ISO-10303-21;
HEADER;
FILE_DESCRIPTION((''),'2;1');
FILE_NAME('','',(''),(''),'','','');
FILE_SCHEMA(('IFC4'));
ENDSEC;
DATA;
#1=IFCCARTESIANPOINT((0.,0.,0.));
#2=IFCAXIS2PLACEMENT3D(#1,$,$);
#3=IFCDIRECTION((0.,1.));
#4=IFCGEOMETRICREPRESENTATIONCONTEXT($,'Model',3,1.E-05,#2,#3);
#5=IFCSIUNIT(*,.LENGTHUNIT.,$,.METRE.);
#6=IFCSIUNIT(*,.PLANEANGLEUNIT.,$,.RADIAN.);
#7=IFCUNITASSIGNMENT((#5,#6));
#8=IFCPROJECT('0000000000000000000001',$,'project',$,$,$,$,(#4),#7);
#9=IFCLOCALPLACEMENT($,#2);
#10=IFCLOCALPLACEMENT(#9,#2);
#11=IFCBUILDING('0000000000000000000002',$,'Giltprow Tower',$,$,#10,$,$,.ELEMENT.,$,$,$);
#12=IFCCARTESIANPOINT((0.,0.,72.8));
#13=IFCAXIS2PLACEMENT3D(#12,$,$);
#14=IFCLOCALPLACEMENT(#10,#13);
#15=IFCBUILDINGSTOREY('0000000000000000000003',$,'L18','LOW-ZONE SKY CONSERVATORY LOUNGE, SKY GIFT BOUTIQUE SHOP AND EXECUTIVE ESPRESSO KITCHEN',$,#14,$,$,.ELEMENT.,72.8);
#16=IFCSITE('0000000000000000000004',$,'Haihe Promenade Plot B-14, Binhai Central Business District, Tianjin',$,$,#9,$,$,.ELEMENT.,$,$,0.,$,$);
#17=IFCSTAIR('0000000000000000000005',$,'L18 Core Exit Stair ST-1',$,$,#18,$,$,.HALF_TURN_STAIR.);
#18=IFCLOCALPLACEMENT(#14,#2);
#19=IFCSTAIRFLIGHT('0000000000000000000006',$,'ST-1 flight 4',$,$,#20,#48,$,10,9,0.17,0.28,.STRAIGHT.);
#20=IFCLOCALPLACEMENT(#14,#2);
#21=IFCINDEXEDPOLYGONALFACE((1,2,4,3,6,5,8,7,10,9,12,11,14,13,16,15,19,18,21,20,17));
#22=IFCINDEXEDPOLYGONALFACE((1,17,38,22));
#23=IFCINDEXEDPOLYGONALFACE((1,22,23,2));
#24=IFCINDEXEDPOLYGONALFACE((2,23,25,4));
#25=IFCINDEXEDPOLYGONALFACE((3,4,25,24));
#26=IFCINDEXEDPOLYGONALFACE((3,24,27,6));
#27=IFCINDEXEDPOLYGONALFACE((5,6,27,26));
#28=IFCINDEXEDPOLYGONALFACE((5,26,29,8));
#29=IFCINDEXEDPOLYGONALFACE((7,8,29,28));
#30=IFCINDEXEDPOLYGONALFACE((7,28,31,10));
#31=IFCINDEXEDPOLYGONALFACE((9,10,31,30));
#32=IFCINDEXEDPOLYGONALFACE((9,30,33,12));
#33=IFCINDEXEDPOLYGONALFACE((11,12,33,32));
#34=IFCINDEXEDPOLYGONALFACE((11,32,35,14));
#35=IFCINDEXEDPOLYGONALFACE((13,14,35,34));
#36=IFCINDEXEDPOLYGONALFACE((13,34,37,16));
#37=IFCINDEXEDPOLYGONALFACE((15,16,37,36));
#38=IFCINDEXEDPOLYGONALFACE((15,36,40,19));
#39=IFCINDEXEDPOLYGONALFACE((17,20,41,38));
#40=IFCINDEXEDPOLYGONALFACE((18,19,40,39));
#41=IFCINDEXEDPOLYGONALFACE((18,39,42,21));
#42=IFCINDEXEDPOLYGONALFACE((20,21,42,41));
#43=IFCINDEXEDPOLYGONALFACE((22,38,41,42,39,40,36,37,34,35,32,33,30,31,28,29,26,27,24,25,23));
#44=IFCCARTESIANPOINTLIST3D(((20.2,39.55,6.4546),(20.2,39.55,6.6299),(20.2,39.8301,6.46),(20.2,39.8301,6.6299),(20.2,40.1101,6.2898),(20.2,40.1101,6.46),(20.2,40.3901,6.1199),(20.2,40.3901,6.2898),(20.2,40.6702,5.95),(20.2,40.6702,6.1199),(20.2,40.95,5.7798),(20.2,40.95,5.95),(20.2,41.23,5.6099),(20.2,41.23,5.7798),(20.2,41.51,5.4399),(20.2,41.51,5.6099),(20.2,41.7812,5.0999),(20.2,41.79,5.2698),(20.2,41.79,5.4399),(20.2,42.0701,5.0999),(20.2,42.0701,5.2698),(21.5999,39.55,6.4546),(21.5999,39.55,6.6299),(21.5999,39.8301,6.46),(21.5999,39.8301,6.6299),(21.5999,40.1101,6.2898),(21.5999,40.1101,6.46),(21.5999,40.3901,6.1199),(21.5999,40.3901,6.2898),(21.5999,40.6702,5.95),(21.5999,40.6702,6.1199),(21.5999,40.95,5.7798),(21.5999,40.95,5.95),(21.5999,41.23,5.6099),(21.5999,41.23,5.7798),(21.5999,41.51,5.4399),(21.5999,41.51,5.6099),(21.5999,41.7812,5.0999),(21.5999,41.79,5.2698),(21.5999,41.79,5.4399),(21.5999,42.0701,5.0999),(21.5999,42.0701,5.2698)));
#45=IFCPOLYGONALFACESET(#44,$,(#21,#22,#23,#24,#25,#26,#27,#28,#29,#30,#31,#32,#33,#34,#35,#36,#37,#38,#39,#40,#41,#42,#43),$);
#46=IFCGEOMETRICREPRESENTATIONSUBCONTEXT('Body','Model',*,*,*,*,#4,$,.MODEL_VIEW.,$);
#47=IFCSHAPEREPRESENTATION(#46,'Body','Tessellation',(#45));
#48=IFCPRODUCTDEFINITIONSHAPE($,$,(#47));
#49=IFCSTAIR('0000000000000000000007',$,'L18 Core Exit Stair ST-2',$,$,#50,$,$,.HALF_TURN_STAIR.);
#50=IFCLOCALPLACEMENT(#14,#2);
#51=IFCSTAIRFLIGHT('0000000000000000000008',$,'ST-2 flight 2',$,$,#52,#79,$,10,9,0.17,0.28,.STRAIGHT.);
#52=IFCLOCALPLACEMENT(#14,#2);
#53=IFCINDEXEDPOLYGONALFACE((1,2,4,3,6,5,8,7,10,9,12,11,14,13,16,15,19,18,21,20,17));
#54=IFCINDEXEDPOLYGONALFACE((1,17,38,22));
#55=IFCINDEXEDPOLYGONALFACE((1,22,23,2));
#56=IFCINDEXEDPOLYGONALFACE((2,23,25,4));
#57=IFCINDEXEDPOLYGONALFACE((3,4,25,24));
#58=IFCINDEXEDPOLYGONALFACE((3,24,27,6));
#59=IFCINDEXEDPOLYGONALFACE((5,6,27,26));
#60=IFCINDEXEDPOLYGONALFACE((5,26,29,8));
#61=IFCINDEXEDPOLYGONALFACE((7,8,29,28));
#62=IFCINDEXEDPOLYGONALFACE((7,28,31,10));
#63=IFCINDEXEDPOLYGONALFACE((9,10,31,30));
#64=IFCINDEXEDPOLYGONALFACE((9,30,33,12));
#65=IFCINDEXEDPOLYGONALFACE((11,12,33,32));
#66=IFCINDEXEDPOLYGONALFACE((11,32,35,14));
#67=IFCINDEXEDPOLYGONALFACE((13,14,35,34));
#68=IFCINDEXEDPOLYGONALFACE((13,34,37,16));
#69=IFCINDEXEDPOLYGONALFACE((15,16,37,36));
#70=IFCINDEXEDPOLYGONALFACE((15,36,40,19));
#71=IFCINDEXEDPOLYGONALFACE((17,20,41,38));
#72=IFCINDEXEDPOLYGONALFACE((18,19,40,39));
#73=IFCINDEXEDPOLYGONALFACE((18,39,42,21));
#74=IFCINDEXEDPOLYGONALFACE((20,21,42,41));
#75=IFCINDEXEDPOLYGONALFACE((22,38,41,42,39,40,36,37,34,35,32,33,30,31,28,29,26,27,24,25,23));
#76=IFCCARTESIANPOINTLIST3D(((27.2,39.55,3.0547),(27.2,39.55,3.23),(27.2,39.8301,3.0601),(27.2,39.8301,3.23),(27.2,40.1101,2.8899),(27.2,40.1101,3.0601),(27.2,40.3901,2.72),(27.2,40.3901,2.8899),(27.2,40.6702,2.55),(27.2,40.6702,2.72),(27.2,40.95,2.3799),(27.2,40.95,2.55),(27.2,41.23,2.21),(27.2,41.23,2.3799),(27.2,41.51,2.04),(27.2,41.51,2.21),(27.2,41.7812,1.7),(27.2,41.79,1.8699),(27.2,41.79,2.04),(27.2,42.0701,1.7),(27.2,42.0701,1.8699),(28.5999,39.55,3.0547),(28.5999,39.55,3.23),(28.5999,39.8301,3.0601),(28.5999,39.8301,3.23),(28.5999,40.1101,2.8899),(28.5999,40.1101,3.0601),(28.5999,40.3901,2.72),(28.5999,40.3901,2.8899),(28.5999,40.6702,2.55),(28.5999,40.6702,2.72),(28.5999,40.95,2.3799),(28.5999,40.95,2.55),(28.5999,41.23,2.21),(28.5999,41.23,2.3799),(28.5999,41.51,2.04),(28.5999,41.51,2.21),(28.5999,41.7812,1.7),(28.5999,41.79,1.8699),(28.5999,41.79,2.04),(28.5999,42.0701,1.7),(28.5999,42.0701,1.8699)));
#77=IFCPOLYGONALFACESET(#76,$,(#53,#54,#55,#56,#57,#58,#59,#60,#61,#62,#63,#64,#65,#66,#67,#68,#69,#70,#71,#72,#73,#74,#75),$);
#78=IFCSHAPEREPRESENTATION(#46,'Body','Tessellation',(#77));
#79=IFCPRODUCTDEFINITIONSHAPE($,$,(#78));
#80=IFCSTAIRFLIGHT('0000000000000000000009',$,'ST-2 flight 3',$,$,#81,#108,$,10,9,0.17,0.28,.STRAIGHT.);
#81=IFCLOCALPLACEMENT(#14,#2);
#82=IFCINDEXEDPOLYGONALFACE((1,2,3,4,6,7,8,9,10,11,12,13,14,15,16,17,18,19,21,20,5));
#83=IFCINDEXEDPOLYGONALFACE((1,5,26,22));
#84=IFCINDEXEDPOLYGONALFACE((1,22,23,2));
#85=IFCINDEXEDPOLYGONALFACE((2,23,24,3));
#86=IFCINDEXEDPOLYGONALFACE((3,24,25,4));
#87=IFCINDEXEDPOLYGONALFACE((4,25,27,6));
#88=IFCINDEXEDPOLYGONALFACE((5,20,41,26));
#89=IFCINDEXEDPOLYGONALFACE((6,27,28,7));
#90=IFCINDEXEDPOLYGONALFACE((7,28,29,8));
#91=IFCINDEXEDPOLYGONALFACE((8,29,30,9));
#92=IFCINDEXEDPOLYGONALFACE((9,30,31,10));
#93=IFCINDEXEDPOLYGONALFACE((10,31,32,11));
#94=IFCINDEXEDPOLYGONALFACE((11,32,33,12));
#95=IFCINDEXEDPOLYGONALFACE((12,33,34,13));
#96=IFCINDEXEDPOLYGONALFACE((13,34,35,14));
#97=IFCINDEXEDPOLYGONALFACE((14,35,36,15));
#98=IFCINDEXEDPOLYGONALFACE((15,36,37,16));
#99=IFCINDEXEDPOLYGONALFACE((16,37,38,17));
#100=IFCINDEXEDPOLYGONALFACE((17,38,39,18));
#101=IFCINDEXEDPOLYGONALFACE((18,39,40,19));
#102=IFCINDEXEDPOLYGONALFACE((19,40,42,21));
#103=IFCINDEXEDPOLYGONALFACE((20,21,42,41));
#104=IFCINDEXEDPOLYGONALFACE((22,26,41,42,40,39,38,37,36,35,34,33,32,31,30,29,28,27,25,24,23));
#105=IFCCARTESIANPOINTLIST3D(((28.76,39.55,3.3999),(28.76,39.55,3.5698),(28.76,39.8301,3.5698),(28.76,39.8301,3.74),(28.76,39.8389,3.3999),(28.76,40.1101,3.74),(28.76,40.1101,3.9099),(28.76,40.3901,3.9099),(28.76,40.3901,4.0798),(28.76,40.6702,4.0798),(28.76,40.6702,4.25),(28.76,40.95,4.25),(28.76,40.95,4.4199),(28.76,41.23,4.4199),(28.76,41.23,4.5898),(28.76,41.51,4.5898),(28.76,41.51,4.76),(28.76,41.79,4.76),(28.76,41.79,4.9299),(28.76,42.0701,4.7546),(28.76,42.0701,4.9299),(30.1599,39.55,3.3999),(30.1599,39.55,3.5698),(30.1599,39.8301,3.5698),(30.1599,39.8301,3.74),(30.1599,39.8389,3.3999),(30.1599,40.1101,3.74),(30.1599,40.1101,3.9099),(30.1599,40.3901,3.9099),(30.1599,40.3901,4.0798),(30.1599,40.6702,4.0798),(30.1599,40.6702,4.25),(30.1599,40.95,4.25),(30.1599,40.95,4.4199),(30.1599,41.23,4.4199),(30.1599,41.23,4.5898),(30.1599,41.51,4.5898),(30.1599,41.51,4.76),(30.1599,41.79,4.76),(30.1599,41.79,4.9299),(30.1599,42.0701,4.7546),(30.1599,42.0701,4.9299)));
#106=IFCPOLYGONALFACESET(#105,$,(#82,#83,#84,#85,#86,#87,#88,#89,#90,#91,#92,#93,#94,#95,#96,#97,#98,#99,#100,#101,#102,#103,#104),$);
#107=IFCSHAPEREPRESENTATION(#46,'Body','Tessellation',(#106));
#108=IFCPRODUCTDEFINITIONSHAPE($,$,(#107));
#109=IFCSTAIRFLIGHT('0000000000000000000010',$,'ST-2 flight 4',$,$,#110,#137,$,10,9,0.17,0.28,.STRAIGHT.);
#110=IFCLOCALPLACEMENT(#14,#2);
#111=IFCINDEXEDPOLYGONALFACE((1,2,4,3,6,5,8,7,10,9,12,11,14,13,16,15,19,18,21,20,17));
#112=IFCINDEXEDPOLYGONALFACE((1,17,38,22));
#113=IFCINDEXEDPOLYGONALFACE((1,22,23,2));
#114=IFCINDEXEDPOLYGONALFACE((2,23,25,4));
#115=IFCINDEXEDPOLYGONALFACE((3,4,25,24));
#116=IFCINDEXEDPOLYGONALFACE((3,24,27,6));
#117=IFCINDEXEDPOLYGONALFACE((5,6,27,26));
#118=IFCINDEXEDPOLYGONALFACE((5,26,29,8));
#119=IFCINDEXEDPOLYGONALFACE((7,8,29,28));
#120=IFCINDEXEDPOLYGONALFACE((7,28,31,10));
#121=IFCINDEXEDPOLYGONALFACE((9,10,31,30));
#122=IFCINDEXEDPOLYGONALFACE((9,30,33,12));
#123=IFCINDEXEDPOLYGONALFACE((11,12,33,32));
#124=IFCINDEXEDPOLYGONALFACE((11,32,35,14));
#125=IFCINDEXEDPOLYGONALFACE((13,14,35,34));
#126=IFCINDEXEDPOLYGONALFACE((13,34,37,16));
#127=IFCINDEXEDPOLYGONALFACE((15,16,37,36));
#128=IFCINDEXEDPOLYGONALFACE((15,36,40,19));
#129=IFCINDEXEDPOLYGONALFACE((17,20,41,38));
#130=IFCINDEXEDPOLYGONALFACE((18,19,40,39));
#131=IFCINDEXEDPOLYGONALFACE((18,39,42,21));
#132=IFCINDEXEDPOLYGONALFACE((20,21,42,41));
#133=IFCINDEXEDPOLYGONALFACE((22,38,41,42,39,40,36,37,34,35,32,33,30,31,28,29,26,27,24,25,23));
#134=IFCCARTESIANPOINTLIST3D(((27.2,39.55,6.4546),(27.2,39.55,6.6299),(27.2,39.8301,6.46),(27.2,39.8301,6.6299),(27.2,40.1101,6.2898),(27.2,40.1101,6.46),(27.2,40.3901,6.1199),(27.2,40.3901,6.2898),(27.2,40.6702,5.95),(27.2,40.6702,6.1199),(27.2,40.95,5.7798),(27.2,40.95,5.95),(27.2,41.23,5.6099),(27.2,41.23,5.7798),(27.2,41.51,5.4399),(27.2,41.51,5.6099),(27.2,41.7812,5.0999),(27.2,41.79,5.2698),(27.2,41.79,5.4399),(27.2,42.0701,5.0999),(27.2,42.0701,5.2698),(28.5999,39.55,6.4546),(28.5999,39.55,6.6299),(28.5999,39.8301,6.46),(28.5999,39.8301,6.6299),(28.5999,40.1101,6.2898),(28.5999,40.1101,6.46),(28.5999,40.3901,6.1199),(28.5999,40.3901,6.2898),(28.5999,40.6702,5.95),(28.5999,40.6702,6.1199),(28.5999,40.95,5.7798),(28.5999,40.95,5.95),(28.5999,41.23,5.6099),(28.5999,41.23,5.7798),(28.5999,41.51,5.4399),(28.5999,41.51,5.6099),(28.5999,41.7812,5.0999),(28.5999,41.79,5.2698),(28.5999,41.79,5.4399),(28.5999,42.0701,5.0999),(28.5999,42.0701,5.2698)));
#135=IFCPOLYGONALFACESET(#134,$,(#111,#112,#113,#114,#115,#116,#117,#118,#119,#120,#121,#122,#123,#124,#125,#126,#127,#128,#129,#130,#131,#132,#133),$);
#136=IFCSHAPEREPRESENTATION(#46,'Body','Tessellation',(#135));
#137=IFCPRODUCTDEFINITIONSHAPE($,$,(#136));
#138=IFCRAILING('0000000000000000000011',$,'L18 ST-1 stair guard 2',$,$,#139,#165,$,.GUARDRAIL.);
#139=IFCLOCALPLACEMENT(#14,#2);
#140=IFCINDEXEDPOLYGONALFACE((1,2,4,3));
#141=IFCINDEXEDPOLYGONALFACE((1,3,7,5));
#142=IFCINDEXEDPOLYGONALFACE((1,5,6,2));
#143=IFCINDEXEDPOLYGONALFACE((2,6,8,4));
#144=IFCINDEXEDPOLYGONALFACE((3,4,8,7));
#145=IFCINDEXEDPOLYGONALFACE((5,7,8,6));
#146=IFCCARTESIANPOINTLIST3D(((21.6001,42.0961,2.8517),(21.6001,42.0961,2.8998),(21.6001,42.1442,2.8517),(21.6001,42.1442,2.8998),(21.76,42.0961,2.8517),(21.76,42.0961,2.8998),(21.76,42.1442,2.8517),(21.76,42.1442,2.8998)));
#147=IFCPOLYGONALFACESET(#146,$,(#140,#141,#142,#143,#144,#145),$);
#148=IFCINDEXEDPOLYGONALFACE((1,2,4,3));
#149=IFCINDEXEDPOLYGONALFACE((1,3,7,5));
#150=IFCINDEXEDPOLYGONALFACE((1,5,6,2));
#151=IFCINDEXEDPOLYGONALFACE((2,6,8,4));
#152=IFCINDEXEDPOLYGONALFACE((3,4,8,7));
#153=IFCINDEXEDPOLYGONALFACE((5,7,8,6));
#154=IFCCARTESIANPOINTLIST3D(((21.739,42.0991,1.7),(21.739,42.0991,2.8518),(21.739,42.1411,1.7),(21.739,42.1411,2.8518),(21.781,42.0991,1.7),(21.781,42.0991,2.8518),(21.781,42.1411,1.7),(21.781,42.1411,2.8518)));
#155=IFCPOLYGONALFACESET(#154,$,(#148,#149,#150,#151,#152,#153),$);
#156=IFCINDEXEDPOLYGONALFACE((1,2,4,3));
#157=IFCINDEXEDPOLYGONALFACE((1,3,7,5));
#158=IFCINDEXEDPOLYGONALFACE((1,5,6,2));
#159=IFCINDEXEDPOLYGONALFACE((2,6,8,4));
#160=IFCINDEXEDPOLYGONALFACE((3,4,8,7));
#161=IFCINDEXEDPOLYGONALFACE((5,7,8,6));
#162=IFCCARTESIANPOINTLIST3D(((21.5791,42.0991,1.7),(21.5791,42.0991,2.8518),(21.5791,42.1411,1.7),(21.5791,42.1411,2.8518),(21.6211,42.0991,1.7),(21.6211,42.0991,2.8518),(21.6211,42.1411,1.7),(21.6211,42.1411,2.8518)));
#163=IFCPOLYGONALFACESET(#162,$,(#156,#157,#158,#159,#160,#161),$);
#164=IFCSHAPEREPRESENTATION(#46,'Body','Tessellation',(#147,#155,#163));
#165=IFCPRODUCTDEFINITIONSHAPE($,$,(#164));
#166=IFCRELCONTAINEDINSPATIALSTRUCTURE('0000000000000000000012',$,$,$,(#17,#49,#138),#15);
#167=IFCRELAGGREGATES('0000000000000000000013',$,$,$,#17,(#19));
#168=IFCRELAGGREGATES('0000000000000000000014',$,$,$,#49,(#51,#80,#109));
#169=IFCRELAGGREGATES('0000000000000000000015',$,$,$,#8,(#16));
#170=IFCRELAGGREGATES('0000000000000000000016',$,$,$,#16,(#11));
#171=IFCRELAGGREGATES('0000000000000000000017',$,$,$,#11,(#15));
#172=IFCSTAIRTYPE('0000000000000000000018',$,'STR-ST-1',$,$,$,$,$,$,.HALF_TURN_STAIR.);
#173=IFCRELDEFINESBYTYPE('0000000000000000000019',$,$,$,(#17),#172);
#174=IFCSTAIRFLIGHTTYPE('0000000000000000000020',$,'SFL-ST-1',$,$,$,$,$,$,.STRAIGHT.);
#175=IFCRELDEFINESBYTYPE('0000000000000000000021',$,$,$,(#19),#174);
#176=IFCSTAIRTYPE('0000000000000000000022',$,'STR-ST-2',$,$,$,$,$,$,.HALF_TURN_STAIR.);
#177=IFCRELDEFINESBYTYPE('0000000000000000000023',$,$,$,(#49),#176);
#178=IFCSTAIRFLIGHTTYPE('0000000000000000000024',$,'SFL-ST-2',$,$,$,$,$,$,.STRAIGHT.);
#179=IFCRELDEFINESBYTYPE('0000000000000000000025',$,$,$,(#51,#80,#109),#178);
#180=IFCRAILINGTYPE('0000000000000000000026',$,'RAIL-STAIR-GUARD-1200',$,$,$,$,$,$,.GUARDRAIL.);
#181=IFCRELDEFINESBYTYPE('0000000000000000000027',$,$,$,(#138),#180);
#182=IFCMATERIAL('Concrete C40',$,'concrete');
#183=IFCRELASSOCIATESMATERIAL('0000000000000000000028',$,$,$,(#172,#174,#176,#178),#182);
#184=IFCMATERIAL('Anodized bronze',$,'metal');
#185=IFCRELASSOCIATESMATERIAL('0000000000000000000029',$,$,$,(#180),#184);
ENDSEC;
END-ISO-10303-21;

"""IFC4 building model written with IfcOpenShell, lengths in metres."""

from ifc_helpers import new_model, si_unit, direction, frame, origin, origin_2d, place, context, subcontext, project, spatial, polyline, rectangle, outline, extrude, material, type_object, element, aggregate, save


model = new_model("IFC4")

# Units and contexts
model_context = context("Model", 3, precision=1e-05, world=origin(), true_north=direction((0.0, 1.0)))
body_context = subcontext(model_context, "Body", "Model", "MODEL_VIEW")
ifc_project = project(units=[si_unit("LENGTHUNIT", "METRE"), si_unit("PLANEANGLEUNIT", "RADIAN")], contexts=[model_context])

# Site, building, storey
site_placement = place(None, origin())
site = spatial("IfcSite", under=ifc_project, at=site_placement, Name="Haihe Promenade Plot B-14, Binhai Central Business District, Tianjin", CompositionType="ELEMENT", RefElevation=0.0)
building_placement = place(site_placement, origin())
building = spatial("IfcBuilding", under=site, at=building_placement, Name="Giltprow Tower", CompositionType="ELEMENT")
storey_placement = place(building_placement, frame((0.0, 0.0, 72.8)))
storey = spatial("IfcBuildingStorey", under=building, at=storey_placement, Name="L18", Description="LOW-ZONE SKY CONSERVATORY LOUNGE, SKY GIFT BOUTIQUE SHOP AND EXECUTIVE ESPRESSO KITCHEN", CompositionType="ELEMENT", Elevation=72.8)

# Shared definitions
ifc_material_1 = material(Name="Concrete C40", Category="concrete")

# Stairs, stair flights
stair_type_1 = type_object("IfcStairType", Name="STR-ST-1", PredefinedType="HALF_TURN_STAIR", material=ifc_material_1)
stair_1_placement = place(storey_placement, origin())
stair_1 = element("IfcStair", 1, at=stair_1_placement, inside=storey, type_object=stair_type_1, Name="L18 Core Exit Stair ST-1", PredefinedType="HALF_TURN_STAIR")
stair_flight_type_1 = type_object("IfcStairFlightType", Name="SFL-ST-1", PredefinedType="STRAIGHT", material=ifc_material_1)
stair_flight_1_placement = place(storey_placement, frame((20.8999, 42.0701, 5.0999), z_axis=(0.0, 0.0, 1.0), x_axis=(0.0, -1.0, 0.0)))
stair_flight_1 = element("IfcStairFlight", 2, at=stair_flight_1_placement, type_object=stair_flight_type_1, Name="ST-1 flight 4", NumberOfRisers=10, NumberOfTreads=9, PredefinedType="STRAIGHT", RiserHeight=0.17, TreadLength=0.28, context=body_context, shape_type="SweptSolid", body=[
    extrude(outline(polyline([(0.0, 0.0), (0.0, 0.1699), (0.28, 0.1699), (0.28, 0.3401), (0.5601, 0.3401), (0.5601, 0.51), (0.8401, 0.51), (0.8401, 0.6799), (1.1201, 0.6799), (1.1201, 0.8501), (1.3999, 0.8501), (1.3999, 1.02), (1.6799, 1.02), (1.6799, 1.1899), (1.96, 1.1899), (1.96, 1.3601), (2.24, 1.3601), (2.24, 1.53), (2.52, 1.53), (2.52, 1.7), (2.52, 1.3547), (0.2888, 0.0), (0.0, 0.0)])), frame((0.0, 0.7, 0.0), z_axis=(0.0, -1.0, 0.0), x_axis=(1.0, 0.0, 0.0)), (0.0, 0.0, 1.0), 1.3999),
])
aggregate(stair_1, [stair_flight_1])
stair_type_2 = type_object("IfcStairType", Name="STR-ST-2", PredefinedType="HALF_TURN_STAIR", material=ifc_material_1)
stair_2_placement = place(storey_placement, origin())
stair_2 = element("IfcStair", 3, at=stair_2_placement, inside=storey, type_object=stair_type_2, Name="L18 Core Exit Stair ST-2", PredefinedType="HALF_TURN_STAIR")
stair_flight_type_2 = type_object("IfcStairFlightType", Name="SFL-ST-2", PredefinedType="STRAIGHT", material=ifc_material_1)
stair_flight_2_placement = place(storey_placement, frame((27.8999, 42.0701, 1.7), z_axis=(0.0, 0.0, 1.0), x_axis=(0.0, -1.0, 0.0)))
stair_flight_2 = element("IfcStairFlight", 4, at=stair_flight_2_placement, type_object=stair_flight_type_2, Name="ST-2 flight 2", NumberOfRisers=10, NumberOfTreads=9, PredefinedType="STRAIGHT", RiserHeight=0.17, TreadLength=0.28, context=body_context, shape_type="SweptSolid", body=[
    extrude(outline(polyline([(0.0, 0.0), (0.0, 0.1699), (0.28, 0.1699), (0.28, 0.3401), (0.5601, 0.3401), (0.5601, 0.51), (0.8401, 0.51), (0.8401, 0.6799), (1.1201, 0.6799), (1.1201, 0.8501), (1.3999, 0.8501), (1.3999, 1.02), (1.6799, 1.02), (1.6799, 1.1899), (1.96, 1.1899), (1.96, 1.3601), (2.24, 1.3601), (2.24, 1.53), (2.52, 1.53), (2.52, 1.7), (2.52, 1.3547), (0.2888, 0.0), (0.0, 0.0)])), frame((0.0, 0.7, 0.0), z_axis=(0.0, -1.0, 0.0), x_axis=(1.0, 0.0, 0.0)), (0.0, 0.0, 1.0), 1.3999),
])
stair_flight_3_placement = place(storey_placement, frame((29.46, 39.55, 3.3999), z_axis=(0.0, 0.0, 1.0), x_axis=(0.0, 1.0, 0.0)))
stair_flight_3 = element("IfcStairFlight", 5, at=stair_flight_3_placement, type_object=stair_flight_type_2, Name="ST-2 flight 3", NumberOfRisers=10, NumberOfTreads=9, PredefinedType="STRAIGHT", RiserHeight=0.17, TreadLength=0.28, context=body_context, shape_type="SweptSolid", body=[
    extrude(outline(polyline([(0.0, 0.0), (0.0, 0.1699), (0.28, 0.1699), (0.28, 0.3401), (0.5601, 0.3401), (0.5601, 0.51), (0.8401, 0.51), (0.8401, 0.6799), (1.1201, 0.6799), (1.1201, 0.8501), (1.3999, 0.8501), (1.3999, 1.02), (1.6799, 1.02), (1.6799, 1.1899), (1.96, 1.1899), (1.96, 1.3601), (2.24, 1.3601), (2.24, 1.53), (2.52, 1.53), (2.52, 1.7), (2.52, 1.3547), (0.2888, 0.0), (0.0, 0.0)])), frame((0.0, 0.7, 0.0), z_axis=(0.0, -1.0, 0.0), x_axis=(1.0, 0.0, 0.0)), (0.0, 0.0, 1.0), 1.3999),
])
stair_flight_4_placement = place(storey_placement, frame((27.8999, 42.0701, 5.0999), z_axis=(0.0, 0.0, 1.0), x_axis=(0.0, -1.0, 0.0)))
stair_flight_4 = element("IfcStairFlight", 6, at=stair_flight_4_placement, type_object=stair_flight_type_2, Name="ST-2 flight 4", NumberOfRisers=10, NumberOfTreads=9, PredefinedType="STRAIGHT", RiserHeight=0.17, TreadLength=0.28, context=body_context, shape_type="SweptSolid", body=[
    extrude(outline(polyline([(0.0, 0.0), (0.0, 0.1699), (0.28, 0.1699), (0.28, 0.3401), (0.5601, 0.3401), (0.5601, 0.51), (0.8401, 0.51), (0.8401, 0.6799), (1.1201, 0.6799), (1.1201, 0.8501), (1.3999, 0.8501), (1.3999, 1.02), (1.6799, 1.02), (1.6799, 1.1899), (1.96, 1.1899), (1.96, 1.3601), (2.24, 1.3601), (2.24, 1.53), (2.52, 1.53), (2.52, 1.7), (2.52, 1.3547), (0.2888, 0.0), (0.0, 0.0)])), frame((0.0, 0.7, 0.0), z_axis=(0.0, -1.0, 0.0), x_axis=(1.0, 0.0, 0.0)), (0.0, 0.0, 1.0), 1.3999),
])
aggregate(stair_2, [stair_flight_2, stair_flight_3, stair_flight_4])

# Railing
ifc_material_2 = material(Name="Anodized bronze", Category="metal")
railing_type_1 = type_object("IfcRailingType", Name="RAIL-STAIR-GUARD-1200", PredefinedType="GUARDRAIL", material=ifc_material_2)
railing_1_placement = place(storey_placement, frame((21.76, 42.1201, 1.7)))
element("IfcRailing", 7, at=railing_1_placement, inside=storey, type_object=railing_type_1, Name="L18 ST-1 stair guard 2", PredefinedType="GUARDRAIL", context=body_context, shape_type="SweptSolid", body=[
    extrude(rectangle(XDim=0.0481, YDim=0.0481, at=origin_2d()), frame((0.0, 0.0, 1.1758), z_axis=(-1.0, 0.0, 0.0), x_axis=(0.0, -1.0, 0.0)), (0.0, 0.0, 1.0), 0.1599),
    extrude(rectangle(XDim=0.042, YDim=0.042, at=origin_2d()), origin(), (0.0, 0.0, 1.0), 1.1519),
    extrude(rectangle(XDim=0.042, YDim=0.042, at=origin_2d()), frame((-0.1599, 0.0, 0.0)), (0.0, 0.0, 1.0), 1.1519),
])

save(model, "model.ifc")
